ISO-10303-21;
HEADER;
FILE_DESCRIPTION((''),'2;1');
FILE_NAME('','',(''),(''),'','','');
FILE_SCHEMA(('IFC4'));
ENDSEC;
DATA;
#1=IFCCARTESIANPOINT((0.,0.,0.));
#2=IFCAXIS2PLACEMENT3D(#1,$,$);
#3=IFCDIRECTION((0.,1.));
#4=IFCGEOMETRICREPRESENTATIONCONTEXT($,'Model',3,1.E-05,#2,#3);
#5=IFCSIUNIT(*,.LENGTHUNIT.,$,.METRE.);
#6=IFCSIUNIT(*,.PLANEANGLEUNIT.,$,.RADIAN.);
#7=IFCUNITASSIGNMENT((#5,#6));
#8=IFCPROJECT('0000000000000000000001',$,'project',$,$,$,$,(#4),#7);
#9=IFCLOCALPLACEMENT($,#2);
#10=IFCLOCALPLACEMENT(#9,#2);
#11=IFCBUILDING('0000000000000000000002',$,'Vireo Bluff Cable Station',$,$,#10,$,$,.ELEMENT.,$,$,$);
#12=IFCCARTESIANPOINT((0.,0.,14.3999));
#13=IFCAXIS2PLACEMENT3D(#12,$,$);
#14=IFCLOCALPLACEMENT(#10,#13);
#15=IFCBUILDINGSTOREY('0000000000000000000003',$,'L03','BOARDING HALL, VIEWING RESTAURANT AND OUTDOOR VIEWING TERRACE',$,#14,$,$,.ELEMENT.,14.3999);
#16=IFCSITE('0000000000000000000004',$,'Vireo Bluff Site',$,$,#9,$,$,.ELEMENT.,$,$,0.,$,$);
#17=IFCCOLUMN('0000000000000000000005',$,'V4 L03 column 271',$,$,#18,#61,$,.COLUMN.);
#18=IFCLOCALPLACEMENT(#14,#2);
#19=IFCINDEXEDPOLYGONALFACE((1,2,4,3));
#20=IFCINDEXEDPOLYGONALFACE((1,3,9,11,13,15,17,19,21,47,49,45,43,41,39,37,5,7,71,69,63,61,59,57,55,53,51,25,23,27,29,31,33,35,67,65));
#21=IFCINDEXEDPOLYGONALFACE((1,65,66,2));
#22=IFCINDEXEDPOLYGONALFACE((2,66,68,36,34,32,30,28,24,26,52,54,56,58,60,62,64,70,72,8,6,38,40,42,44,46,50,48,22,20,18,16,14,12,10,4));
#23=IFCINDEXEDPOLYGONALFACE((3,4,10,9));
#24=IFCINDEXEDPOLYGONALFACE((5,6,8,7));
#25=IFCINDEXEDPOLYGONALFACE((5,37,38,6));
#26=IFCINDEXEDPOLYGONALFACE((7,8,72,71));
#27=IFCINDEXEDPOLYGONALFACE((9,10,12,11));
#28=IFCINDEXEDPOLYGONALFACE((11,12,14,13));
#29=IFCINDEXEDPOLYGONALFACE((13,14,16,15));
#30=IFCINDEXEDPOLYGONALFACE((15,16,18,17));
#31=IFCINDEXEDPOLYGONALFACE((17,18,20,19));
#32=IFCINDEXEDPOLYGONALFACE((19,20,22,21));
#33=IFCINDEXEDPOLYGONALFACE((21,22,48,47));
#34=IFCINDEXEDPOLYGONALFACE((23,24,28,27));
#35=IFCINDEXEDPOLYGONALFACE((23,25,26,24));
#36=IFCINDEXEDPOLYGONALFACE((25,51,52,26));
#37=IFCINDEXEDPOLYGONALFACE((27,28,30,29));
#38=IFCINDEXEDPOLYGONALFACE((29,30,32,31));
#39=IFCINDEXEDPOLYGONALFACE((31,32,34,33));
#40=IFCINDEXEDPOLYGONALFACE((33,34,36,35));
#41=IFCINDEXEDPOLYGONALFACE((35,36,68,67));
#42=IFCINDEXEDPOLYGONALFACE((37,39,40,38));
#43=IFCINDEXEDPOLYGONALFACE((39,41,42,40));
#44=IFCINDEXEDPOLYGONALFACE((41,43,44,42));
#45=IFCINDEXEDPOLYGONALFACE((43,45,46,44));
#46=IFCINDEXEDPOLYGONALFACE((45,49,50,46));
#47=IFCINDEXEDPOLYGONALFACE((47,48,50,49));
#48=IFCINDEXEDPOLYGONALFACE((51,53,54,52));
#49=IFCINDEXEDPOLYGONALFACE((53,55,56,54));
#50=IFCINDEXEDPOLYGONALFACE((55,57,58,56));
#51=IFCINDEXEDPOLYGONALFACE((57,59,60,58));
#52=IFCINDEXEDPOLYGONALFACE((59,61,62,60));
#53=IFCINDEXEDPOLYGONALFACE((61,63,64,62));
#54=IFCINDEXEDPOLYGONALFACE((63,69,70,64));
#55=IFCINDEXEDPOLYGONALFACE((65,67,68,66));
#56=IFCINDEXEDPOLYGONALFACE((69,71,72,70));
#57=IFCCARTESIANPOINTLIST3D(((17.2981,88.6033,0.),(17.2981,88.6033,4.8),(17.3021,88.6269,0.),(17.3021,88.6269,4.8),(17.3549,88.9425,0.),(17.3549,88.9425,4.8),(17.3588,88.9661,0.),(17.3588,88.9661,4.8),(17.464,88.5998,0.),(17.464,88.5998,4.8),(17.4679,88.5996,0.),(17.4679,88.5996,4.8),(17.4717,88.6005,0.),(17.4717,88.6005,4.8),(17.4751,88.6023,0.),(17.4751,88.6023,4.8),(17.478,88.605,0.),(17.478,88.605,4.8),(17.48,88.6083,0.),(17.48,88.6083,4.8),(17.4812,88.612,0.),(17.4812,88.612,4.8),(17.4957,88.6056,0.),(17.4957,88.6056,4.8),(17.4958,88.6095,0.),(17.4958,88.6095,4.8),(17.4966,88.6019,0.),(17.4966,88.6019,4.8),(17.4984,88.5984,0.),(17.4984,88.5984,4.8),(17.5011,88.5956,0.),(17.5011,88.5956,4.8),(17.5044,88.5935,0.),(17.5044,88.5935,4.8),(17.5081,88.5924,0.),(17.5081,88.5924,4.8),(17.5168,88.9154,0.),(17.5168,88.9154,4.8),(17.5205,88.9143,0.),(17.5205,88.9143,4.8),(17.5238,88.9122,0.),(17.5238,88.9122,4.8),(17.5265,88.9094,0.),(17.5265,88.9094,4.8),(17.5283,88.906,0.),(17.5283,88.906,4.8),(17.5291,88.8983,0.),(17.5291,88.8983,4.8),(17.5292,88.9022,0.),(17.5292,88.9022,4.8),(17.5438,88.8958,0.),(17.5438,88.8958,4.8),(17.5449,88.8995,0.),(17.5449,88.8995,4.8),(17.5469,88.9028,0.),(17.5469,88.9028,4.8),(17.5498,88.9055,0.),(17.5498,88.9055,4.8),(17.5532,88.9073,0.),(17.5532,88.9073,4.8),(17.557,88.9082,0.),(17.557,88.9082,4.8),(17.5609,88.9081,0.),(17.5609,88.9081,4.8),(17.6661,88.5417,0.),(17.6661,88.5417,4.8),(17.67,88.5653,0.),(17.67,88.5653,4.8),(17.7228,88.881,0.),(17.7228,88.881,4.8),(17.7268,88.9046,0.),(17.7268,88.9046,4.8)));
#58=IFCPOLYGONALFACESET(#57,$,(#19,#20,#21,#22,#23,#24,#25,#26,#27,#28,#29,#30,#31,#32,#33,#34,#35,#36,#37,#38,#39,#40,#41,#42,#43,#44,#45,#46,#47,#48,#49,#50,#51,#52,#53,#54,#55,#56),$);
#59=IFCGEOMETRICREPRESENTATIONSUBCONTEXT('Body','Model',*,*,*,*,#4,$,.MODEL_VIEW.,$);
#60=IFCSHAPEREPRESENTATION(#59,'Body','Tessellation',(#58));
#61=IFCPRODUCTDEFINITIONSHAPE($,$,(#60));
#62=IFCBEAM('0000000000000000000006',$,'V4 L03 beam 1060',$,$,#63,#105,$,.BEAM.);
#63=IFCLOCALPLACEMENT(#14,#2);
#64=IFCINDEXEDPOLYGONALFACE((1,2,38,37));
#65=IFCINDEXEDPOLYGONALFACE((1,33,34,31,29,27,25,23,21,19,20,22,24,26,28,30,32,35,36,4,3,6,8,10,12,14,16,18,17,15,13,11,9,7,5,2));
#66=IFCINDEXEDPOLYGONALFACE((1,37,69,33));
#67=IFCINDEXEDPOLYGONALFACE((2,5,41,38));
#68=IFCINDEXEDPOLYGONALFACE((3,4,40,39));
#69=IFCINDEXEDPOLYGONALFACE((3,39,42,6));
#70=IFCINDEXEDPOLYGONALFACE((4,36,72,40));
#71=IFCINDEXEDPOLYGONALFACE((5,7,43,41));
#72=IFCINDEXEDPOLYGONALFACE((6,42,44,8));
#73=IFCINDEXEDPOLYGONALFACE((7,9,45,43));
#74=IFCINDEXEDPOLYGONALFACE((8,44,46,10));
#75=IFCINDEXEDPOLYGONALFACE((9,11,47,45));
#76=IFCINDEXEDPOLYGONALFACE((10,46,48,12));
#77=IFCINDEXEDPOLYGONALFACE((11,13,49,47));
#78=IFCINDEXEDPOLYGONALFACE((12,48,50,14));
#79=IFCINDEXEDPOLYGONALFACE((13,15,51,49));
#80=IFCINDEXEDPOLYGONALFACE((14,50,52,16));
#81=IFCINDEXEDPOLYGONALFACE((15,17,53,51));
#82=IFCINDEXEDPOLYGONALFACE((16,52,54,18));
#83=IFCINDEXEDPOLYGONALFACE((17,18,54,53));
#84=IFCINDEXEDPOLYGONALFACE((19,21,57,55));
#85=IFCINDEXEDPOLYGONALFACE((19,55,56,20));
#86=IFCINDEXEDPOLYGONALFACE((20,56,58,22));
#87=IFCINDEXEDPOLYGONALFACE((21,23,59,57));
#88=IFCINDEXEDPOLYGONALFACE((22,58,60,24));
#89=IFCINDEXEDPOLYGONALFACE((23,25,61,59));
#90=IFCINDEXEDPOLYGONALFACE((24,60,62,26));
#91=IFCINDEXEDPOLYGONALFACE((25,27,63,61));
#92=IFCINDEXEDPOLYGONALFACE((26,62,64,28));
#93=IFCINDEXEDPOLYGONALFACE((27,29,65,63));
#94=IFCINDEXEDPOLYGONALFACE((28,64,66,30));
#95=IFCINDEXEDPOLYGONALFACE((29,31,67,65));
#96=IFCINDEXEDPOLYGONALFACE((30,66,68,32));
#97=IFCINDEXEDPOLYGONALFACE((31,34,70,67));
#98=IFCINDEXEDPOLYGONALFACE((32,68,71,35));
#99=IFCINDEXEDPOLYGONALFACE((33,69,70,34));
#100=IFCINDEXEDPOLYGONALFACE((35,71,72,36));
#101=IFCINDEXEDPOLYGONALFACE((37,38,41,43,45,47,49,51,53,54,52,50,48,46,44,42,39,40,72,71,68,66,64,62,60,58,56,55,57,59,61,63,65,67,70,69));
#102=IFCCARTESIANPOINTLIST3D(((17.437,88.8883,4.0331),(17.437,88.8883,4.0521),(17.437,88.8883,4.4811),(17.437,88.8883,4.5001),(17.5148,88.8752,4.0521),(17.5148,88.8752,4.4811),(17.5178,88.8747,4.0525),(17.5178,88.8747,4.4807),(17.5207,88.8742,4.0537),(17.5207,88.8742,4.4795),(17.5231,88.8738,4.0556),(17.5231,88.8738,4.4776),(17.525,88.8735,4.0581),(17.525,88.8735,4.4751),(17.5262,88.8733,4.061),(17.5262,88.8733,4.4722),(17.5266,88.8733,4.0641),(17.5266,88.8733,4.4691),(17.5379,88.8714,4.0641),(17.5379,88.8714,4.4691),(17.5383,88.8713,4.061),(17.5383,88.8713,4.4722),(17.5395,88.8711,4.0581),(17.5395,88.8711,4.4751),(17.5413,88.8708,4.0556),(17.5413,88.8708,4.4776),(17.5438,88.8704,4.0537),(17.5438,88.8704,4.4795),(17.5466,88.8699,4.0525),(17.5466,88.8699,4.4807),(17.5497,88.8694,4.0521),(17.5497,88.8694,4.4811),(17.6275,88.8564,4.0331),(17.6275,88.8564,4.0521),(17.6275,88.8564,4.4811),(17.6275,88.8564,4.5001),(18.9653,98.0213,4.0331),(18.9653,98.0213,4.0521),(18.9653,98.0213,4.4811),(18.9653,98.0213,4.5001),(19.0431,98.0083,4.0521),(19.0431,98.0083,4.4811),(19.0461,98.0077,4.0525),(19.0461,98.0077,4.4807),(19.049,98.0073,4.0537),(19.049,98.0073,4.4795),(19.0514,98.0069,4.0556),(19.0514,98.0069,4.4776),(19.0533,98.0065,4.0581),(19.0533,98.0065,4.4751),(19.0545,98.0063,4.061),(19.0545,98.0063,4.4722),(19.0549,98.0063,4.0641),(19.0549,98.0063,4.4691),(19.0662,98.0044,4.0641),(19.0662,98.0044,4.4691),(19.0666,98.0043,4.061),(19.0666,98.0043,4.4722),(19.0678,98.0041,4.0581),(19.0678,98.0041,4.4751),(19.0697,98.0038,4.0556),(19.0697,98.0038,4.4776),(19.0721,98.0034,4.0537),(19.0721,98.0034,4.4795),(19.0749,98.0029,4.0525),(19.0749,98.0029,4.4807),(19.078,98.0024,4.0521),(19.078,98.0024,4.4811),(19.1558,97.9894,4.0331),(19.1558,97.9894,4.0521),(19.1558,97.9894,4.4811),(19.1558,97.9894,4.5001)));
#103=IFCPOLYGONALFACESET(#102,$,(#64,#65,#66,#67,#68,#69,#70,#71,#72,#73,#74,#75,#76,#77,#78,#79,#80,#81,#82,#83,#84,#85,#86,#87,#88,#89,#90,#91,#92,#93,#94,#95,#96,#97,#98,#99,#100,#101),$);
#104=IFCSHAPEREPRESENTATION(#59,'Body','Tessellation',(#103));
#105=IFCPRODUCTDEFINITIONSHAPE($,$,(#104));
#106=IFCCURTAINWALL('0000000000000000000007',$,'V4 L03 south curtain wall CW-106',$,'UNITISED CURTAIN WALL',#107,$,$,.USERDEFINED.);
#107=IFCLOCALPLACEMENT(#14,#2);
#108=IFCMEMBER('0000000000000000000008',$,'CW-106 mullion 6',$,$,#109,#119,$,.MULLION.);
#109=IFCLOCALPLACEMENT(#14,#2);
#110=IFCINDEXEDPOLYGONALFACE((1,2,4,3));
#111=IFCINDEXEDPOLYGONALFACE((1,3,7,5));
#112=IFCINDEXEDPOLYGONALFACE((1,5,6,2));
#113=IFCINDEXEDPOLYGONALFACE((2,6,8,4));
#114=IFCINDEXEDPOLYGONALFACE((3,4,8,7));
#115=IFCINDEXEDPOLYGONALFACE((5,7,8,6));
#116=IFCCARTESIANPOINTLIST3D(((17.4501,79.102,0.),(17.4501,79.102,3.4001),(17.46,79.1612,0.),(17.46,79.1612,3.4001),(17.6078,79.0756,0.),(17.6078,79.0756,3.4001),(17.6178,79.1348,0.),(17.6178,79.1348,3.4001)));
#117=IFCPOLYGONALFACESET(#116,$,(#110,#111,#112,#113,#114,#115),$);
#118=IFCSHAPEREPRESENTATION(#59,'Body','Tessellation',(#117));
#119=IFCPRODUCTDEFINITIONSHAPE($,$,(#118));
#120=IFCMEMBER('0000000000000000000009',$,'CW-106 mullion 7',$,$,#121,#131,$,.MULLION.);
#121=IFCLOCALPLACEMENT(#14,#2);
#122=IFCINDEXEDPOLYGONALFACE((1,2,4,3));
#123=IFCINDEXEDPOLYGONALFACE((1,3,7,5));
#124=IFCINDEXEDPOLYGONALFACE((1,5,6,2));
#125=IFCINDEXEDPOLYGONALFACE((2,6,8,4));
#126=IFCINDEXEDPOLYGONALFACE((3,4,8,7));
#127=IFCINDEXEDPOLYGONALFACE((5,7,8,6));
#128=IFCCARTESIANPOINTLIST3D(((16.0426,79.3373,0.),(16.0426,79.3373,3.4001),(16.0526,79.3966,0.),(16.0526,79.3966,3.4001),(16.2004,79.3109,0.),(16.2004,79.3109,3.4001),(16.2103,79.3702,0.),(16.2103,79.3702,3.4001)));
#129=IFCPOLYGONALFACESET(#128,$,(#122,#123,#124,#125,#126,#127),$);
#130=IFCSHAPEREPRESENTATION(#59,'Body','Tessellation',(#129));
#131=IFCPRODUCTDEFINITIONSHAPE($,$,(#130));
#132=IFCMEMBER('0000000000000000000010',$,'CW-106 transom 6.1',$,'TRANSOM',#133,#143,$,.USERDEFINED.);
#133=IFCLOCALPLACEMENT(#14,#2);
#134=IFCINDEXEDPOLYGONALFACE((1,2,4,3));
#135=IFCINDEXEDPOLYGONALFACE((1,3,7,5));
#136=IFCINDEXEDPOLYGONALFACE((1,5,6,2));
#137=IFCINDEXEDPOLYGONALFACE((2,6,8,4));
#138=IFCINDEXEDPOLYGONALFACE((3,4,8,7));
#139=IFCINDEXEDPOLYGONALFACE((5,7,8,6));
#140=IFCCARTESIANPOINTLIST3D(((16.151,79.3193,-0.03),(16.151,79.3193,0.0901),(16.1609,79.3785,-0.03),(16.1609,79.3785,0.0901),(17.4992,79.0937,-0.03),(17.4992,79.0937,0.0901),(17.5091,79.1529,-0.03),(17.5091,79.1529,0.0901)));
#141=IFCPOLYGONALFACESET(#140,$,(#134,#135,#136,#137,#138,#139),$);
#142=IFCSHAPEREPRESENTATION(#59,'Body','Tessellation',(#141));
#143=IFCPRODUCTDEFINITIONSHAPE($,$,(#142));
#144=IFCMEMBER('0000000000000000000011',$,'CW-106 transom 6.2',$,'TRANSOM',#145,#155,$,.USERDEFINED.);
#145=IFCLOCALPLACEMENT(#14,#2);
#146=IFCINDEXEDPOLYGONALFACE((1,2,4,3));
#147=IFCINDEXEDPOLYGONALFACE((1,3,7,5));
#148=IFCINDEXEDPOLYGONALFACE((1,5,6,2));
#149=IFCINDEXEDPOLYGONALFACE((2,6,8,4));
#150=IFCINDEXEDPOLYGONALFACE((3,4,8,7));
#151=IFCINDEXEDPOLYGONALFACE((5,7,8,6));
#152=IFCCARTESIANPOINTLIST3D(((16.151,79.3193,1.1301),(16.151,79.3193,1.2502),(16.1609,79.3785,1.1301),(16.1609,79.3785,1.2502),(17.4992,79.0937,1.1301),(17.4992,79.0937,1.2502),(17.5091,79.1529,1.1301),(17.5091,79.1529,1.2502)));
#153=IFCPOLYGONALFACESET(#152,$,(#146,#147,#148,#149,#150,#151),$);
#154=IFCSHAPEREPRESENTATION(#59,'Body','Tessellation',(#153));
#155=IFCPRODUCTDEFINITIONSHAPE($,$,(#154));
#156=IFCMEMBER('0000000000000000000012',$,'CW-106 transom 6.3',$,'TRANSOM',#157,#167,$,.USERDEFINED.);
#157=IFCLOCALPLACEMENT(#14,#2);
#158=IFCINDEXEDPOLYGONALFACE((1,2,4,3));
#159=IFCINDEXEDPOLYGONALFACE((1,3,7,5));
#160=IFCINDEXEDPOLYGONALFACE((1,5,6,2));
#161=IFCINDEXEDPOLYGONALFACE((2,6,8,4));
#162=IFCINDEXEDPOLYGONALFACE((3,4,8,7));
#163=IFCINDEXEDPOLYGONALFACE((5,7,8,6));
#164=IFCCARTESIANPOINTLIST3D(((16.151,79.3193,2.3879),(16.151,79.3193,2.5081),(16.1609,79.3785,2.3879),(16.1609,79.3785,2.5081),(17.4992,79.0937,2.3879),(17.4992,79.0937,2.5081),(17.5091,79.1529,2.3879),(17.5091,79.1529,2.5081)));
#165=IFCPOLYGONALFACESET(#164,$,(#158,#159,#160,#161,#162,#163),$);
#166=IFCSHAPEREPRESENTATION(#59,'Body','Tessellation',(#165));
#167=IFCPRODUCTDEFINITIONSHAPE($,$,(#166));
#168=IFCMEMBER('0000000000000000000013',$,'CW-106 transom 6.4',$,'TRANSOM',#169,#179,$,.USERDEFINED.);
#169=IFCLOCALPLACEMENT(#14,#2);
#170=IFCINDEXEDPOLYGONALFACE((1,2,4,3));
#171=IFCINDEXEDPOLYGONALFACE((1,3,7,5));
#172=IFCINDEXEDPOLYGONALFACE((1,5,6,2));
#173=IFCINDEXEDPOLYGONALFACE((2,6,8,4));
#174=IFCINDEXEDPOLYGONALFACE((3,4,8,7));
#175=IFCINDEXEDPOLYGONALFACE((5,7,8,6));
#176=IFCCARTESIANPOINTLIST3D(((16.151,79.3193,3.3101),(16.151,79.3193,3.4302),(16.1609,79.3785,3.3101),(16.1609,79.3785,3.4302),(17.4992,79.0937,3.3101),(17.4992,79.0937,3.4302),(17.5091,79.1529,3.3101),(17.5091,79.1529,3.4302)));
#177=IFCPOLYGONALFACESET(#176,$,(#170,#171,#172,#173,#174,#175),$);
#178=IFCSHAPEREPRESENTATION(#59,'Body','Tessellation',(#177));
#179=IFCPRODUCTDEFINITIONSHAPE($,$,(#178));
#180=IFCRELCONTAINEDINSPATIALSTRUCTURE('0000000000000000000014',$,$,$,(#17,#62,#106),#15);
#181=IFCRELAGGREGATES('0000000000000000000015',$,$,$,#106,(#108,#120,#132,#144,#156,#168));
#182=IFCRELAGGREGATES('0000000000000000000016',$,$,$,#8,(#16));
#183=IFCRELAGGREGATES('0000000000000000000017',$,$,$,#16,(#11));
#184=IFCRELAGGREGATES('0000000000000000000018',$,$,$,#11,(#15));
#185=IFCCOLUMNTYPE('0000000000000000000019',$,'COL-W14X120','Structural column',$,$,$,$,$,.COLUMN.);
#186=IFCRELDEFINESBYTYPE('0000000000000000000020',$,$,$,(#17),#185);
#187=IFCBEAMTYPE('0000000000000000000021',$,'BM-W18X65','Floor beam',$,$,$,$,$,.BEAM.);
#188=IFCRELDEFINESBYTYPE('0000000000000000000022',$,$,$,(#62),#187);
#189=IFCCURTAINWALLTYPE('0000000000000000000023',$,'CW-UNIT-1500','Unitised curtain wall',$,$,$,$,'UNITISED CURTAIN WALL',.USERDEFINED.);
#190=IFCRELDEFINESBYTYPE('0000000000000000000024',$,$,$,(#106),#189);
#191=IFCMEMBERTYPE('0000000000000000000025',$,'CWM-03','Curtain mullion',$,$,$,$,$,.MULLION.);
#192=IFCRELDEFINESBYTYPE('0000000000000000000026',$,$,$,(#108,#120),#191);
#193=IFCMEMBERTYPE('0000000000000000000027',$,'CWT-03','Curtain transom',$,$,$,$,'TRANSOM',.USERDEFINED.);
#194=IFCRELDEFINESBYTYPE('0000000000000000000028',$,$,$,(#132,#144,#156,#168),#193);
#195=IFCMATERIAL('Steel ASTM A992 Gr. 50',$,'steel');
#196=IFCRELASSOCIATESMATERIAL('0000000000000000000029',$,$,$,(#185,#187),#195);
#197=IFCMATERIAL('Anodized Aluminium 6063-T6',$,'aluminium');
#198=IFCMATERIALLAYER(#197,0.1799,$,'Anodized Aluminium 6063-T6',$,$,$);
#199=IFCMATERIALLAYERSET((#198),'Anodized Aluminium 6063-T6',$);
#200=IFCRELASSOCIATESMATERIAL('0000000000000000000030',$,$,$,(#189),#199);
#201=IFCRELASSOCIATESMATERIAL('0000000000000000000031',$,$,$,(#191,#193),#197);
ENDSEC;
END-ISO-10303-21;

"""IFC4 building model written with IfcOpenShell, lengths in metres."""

from ifc_helpers import new_model, si_unit, direction, frame, origin, origin_2d, place, context, subcontext, project, spatial, rectangle, i_section, extrude, material, layer, layer_set, material_profile, profile_set, type_object, element, aggregate, save


model = new_model("IFC4")

# Units and contexts
model_context = context("Model", 3, precision=1e-05, world=origin(), true_north=direction((0.0, 1.0)))
body_context = subcontext(model_context, "Body", "Model", "MODEL_VIEW")
ifc_project = project(units=[si_unit("LENGTHUNIT", "METRE"), si_unit("PLANEANGLEUNIT", "RADIAN")], contexts=[model_context])

# Site, building, storey
site_placement = place(None, origin())
site = spatial("IfcSite", under=ifc_project, at=site_placement, Name="Vireo Bluff Site", CompositionType="ELEMENT", RefElevation=0.0)
building_placement = place(site_placement, origin())
building = spatial("IfcBuilding", under=site, at=building_placement, Name="Vireo Bluff Cable Station", CompositionType="ELEMENT")
storey_placement = place(building_placement, frame((0.0, 0.0, 14.3999)))
storey = spatial("IfcBuildingStorey", under=building, at=storey_placement, Name="L03", Description="BOARDING HALL, VIEWING RESTAURANT AND OUTDOOR VIEWING TERRACE", CompositionType="ELEMENT", Elevation=14.3999)

# Column
ifc_material_1 = material(Name="Steel ASTM A992 Gr. 50", Category="steel")
ifc_material_profile_1 = material_profile(ifc_material_1, i_section(OverallWidth=0.373, OverallDepth=0.3679, WebThickness=0.0149, FlangeThickness=0.0239, FilletRadius=0.0149, at=origin_2d()), Name="W14X120")
ifc_profile_set_1 = profile_set([ifc_material_profile_1], Name="Steel ASTM A992 Gr. 50")
column_type = type_object("IfcColumnType", Name="COL-W14X120", Description="Structural column", PredefinedType="COLUMN", material=ifc_profile_set_1)
column_placement = place(storey_placement, frame((17.5125, 88.7539, 0.0), z_axis=(0.0, 0.0, 1.0), x_axis=(0.986286, -0.165048, 0.0)))
element("IfcColumn", 1, at=column_placement, inside=storey, type_object=column_type, Name="V4 L03 column 271", PredefinedType="COLUMN", context=body_context, shape_type="SweptSolid", body=[
    extrude(i_section(OverallWidth=0.373, OverallDepth=0.3679, WebThickness=0.0149, FlangeThickness=0.0239, FilletRadius=0.0149, at=origin_2d()), origin(), (0.0, 0.0, 1.0), 4.8),
])

# Beam
ifc_material_profile_2 = material_profile(ifc_material_1, i_section(OverallWidth=0.1931, OverallDepth=0.467, WebThickness=0.0115, FlangeThickness=0.019, FilletRadius=0.012, at=origin_2d()), Name="W18X65")
ifc_profile_set_2 = profile_set([ifc_material_profile_2], Name="Steel ASTM A992 Gr. 50")
beam_type_1 = type_object("IfcBeamType", Name="BM-W18X65", Description="Floor beam", PredefinedType="BEAM", material=ifc_profile_set_2)
beam_1_placement = place(storey_placement, frame((17.5322, 88.8723, 4.2666), z_axis=(0.165045, 0.986286, 0.0), x_axis=(-0.986286, 0.165045, 0.0)))
element("IfcBeam", 2, at=beam_1_placement, inside=storey, type_object=beam_type_1, Name="V4 L03 beam 1060", PredefinedType="BEAM", context=body_context, shape_type="SweptSolid", body=[
    extrude(i_section(OverallWidth=0.1931, OverallDepth=0.467, WebThickness=0.0115, FlangeThickness=0.019, FilletRadius=0.012, at=origin_2d()), origin(), (0.0, 0.0, 1.0), 9.26),
])

# Curtain wall, members
ifc_material_2 = material(Name="Anodized Aluminium 6063-T6", Category="aluminium")
ifc_layer_1 = layer(ifc_material_2, 0.1799, Name="Anodized Aluminium 6063-T6")
ifc_layer_set_1 = layer_set([ifc_layer_1], Name="Anodized Aluminium 6063-T6")
curtain_wall_type = type_object("IfcCurtainWallType", Name="CW-UNIT-1500", Description="Unitised curtain wall", ElementType="UNITISED CURTAIN WALL", PredefinedType="USERDEFINED", material=ifc_layer_set_1)
curtain_wall_placement = place(storey_placement, origin())
curtain_wall = element("IfcCurtainWall", 3, at=curtain_wall_placement, inside=storey, type_object=curtain_wall_type, Name="V4 L03 south curtain wall CW-106", ObjectType="UNITISED CURTAIN WALL", PredefinedType="USERDEFINED")
ifc_material_profile_3 = material_profile(ifc_material_2, rectangle(XDim=0.0601, YDim=0.1599, at=origin_2d()), Name="ALU-M-60X160")
ifc_profile_set_3 = profile_set([ifc_material_profile_3], Name="Anodized Aluminium 6063-T6")
member_type_1 = type_object("IfcMemberType", Name="CWM-03", Description="Curtain mullion", PredefinedType="MULLION", material=ifc_profile_set_3)
member_1_placement = place(storey_placement, frame((17.5339, 79.1184, 0.0), z_axis=(0.0, 0.0, 1.0), x_axis=(-0.165048, -0.986286, 0.0)))
member_1 = element("IfcMember", 4, at=member_1_placement, type_object=member_type_1, Name="CW-106 mullion 6", PredefinedType="MULLION", context=body_context, shape_type="SweptSolid", body=[
    extrude(rectangle(XDim=0.0601, YDim=0.1599, at=origin_2d()), origin(), (0.0, 0.0, 1.0), 3.4001),
])
member_2_placement = place(storey_placement, frame((16.1265, 79.3538, 0.0), z_axis=(0.0, 0.0, 1.0), x_axis=(-0.165048, -0.986286, 0.0)))
member_2 = element("IfcMember", 5, at=member_2_placement, type_object=member_type_1, Name="CW-106 mullion 7", PredefinedType="MULLION", context=body_context, shape_type="SweptSolid", body=[
    extrude(rectangle(XDim=0.0601, YDim=0.1599, at=origin_2d()), origin(), (0.0, 0.0, 1.0), 3.4001),
])
ifc_material_profile_4 = material_profile(ifc_material_2, rectangle(XDim=0.0601, YDim=0.1201, at=origin_2d()), Name="ALU-T-60X120")
ifc_profile_set_4 = profile_set([ifc_material_profile_4], Name="Anodized Aluminium 6063-T6")
member_type_2 = type_object("IfcMemberType", Name="CWT-03", Description="Curtain transom", ElementType="TRANSOM", PredefinedType="USERDEFINED", material=ifc_profile_set_4)
member_3_placement = place(storey_placement, frame((17.5042, 79.1233, 0.03), z_axis=(-0.986288, 0.165036, 0.0), x_axis=(-0.165036, -0.986288, 0.0)))
member_3 = element("IfcMember", 6, at=member_3_placement, type_object=member_type_2, Name="CW-106 transom 6.1", ObjectType="TRANSOM", PredefinedType="USERDEFINED", context=body_context, shape_type="SweptSolid", body=[
    extrude(rectangle(XDim=0.0601, YDim=0.1201, at=origin_2d()), origin(), (0.0, 0.0, 1.0), 1.3669),
])
member_4_placement = place(storey_placement, frame((17.5042, 79.1233, 1.1902), z_axis=(-0.986288, 0.165036, 0.0), x_axis=(-0.165036, -0.986288, 0.0)))
member_4 = element("IfcMember", 7, at=member_4_placement, type_object=member_type_2, Name="CW-106 transom 6.2", ObjectType="TRANSOM", PredefinedType="USERDEFINED", context=body_context, shape_type="SweptSolid", body=[
    extrude(rectangle(XDim=0.0601, YDim=0.1201, at=origin_2d()), origin(), (0.0, 0.0, 1.0), 1.3669),
])
member_5_placement = place(storey_placement, frame((17.5042, 79.1233, 2.448), z_axis=(-0.986288, 0.165036, 0.0), x_axis=(-0.165036, -0.986288, 0.0)))
member_5 = element("IfcMember", 8, at=member_5_placement, type_object=member_type_2, Name="CW-106 transom 6.3", ObjectType="TRANSOM", PredefinedType="USERDEFINED", context=body_context, shape_type="SweptSolid", body=[
    extrude(rectangle(XDim=0.0601, YDim=0.1201, at=origin_2d()), origin(), (0.0, 0.0, 1.0), 1.3669),
])
member_6_placement = place(storey_placement, frame((17.5042, 79.1233, 3.3701), z_axis=(-0.986288, 0.165036, 0.0), x_axis=(-0.165036, -0.986288, 0.0)))
member_6 = element("IfcMember", 9, at=member_6_placement, type_object=member_type_2, Name="CW-106 transom 6.4", ObjectType="TRANSOM", PredefinedType="USERDEFINED", context=body_context, shape_type="SweptSolid", body=[
    extrude(rectangle(XDim=0.0601, YDim=0.1201, at=origin_2d()), origin(), (0.0, 0.0, 1.0), 1.3669),
])

aggregate(curtain_wall, [member_1, member_2, member_3, member_4, member_5, member_6])

save(model, "model.ifc")
